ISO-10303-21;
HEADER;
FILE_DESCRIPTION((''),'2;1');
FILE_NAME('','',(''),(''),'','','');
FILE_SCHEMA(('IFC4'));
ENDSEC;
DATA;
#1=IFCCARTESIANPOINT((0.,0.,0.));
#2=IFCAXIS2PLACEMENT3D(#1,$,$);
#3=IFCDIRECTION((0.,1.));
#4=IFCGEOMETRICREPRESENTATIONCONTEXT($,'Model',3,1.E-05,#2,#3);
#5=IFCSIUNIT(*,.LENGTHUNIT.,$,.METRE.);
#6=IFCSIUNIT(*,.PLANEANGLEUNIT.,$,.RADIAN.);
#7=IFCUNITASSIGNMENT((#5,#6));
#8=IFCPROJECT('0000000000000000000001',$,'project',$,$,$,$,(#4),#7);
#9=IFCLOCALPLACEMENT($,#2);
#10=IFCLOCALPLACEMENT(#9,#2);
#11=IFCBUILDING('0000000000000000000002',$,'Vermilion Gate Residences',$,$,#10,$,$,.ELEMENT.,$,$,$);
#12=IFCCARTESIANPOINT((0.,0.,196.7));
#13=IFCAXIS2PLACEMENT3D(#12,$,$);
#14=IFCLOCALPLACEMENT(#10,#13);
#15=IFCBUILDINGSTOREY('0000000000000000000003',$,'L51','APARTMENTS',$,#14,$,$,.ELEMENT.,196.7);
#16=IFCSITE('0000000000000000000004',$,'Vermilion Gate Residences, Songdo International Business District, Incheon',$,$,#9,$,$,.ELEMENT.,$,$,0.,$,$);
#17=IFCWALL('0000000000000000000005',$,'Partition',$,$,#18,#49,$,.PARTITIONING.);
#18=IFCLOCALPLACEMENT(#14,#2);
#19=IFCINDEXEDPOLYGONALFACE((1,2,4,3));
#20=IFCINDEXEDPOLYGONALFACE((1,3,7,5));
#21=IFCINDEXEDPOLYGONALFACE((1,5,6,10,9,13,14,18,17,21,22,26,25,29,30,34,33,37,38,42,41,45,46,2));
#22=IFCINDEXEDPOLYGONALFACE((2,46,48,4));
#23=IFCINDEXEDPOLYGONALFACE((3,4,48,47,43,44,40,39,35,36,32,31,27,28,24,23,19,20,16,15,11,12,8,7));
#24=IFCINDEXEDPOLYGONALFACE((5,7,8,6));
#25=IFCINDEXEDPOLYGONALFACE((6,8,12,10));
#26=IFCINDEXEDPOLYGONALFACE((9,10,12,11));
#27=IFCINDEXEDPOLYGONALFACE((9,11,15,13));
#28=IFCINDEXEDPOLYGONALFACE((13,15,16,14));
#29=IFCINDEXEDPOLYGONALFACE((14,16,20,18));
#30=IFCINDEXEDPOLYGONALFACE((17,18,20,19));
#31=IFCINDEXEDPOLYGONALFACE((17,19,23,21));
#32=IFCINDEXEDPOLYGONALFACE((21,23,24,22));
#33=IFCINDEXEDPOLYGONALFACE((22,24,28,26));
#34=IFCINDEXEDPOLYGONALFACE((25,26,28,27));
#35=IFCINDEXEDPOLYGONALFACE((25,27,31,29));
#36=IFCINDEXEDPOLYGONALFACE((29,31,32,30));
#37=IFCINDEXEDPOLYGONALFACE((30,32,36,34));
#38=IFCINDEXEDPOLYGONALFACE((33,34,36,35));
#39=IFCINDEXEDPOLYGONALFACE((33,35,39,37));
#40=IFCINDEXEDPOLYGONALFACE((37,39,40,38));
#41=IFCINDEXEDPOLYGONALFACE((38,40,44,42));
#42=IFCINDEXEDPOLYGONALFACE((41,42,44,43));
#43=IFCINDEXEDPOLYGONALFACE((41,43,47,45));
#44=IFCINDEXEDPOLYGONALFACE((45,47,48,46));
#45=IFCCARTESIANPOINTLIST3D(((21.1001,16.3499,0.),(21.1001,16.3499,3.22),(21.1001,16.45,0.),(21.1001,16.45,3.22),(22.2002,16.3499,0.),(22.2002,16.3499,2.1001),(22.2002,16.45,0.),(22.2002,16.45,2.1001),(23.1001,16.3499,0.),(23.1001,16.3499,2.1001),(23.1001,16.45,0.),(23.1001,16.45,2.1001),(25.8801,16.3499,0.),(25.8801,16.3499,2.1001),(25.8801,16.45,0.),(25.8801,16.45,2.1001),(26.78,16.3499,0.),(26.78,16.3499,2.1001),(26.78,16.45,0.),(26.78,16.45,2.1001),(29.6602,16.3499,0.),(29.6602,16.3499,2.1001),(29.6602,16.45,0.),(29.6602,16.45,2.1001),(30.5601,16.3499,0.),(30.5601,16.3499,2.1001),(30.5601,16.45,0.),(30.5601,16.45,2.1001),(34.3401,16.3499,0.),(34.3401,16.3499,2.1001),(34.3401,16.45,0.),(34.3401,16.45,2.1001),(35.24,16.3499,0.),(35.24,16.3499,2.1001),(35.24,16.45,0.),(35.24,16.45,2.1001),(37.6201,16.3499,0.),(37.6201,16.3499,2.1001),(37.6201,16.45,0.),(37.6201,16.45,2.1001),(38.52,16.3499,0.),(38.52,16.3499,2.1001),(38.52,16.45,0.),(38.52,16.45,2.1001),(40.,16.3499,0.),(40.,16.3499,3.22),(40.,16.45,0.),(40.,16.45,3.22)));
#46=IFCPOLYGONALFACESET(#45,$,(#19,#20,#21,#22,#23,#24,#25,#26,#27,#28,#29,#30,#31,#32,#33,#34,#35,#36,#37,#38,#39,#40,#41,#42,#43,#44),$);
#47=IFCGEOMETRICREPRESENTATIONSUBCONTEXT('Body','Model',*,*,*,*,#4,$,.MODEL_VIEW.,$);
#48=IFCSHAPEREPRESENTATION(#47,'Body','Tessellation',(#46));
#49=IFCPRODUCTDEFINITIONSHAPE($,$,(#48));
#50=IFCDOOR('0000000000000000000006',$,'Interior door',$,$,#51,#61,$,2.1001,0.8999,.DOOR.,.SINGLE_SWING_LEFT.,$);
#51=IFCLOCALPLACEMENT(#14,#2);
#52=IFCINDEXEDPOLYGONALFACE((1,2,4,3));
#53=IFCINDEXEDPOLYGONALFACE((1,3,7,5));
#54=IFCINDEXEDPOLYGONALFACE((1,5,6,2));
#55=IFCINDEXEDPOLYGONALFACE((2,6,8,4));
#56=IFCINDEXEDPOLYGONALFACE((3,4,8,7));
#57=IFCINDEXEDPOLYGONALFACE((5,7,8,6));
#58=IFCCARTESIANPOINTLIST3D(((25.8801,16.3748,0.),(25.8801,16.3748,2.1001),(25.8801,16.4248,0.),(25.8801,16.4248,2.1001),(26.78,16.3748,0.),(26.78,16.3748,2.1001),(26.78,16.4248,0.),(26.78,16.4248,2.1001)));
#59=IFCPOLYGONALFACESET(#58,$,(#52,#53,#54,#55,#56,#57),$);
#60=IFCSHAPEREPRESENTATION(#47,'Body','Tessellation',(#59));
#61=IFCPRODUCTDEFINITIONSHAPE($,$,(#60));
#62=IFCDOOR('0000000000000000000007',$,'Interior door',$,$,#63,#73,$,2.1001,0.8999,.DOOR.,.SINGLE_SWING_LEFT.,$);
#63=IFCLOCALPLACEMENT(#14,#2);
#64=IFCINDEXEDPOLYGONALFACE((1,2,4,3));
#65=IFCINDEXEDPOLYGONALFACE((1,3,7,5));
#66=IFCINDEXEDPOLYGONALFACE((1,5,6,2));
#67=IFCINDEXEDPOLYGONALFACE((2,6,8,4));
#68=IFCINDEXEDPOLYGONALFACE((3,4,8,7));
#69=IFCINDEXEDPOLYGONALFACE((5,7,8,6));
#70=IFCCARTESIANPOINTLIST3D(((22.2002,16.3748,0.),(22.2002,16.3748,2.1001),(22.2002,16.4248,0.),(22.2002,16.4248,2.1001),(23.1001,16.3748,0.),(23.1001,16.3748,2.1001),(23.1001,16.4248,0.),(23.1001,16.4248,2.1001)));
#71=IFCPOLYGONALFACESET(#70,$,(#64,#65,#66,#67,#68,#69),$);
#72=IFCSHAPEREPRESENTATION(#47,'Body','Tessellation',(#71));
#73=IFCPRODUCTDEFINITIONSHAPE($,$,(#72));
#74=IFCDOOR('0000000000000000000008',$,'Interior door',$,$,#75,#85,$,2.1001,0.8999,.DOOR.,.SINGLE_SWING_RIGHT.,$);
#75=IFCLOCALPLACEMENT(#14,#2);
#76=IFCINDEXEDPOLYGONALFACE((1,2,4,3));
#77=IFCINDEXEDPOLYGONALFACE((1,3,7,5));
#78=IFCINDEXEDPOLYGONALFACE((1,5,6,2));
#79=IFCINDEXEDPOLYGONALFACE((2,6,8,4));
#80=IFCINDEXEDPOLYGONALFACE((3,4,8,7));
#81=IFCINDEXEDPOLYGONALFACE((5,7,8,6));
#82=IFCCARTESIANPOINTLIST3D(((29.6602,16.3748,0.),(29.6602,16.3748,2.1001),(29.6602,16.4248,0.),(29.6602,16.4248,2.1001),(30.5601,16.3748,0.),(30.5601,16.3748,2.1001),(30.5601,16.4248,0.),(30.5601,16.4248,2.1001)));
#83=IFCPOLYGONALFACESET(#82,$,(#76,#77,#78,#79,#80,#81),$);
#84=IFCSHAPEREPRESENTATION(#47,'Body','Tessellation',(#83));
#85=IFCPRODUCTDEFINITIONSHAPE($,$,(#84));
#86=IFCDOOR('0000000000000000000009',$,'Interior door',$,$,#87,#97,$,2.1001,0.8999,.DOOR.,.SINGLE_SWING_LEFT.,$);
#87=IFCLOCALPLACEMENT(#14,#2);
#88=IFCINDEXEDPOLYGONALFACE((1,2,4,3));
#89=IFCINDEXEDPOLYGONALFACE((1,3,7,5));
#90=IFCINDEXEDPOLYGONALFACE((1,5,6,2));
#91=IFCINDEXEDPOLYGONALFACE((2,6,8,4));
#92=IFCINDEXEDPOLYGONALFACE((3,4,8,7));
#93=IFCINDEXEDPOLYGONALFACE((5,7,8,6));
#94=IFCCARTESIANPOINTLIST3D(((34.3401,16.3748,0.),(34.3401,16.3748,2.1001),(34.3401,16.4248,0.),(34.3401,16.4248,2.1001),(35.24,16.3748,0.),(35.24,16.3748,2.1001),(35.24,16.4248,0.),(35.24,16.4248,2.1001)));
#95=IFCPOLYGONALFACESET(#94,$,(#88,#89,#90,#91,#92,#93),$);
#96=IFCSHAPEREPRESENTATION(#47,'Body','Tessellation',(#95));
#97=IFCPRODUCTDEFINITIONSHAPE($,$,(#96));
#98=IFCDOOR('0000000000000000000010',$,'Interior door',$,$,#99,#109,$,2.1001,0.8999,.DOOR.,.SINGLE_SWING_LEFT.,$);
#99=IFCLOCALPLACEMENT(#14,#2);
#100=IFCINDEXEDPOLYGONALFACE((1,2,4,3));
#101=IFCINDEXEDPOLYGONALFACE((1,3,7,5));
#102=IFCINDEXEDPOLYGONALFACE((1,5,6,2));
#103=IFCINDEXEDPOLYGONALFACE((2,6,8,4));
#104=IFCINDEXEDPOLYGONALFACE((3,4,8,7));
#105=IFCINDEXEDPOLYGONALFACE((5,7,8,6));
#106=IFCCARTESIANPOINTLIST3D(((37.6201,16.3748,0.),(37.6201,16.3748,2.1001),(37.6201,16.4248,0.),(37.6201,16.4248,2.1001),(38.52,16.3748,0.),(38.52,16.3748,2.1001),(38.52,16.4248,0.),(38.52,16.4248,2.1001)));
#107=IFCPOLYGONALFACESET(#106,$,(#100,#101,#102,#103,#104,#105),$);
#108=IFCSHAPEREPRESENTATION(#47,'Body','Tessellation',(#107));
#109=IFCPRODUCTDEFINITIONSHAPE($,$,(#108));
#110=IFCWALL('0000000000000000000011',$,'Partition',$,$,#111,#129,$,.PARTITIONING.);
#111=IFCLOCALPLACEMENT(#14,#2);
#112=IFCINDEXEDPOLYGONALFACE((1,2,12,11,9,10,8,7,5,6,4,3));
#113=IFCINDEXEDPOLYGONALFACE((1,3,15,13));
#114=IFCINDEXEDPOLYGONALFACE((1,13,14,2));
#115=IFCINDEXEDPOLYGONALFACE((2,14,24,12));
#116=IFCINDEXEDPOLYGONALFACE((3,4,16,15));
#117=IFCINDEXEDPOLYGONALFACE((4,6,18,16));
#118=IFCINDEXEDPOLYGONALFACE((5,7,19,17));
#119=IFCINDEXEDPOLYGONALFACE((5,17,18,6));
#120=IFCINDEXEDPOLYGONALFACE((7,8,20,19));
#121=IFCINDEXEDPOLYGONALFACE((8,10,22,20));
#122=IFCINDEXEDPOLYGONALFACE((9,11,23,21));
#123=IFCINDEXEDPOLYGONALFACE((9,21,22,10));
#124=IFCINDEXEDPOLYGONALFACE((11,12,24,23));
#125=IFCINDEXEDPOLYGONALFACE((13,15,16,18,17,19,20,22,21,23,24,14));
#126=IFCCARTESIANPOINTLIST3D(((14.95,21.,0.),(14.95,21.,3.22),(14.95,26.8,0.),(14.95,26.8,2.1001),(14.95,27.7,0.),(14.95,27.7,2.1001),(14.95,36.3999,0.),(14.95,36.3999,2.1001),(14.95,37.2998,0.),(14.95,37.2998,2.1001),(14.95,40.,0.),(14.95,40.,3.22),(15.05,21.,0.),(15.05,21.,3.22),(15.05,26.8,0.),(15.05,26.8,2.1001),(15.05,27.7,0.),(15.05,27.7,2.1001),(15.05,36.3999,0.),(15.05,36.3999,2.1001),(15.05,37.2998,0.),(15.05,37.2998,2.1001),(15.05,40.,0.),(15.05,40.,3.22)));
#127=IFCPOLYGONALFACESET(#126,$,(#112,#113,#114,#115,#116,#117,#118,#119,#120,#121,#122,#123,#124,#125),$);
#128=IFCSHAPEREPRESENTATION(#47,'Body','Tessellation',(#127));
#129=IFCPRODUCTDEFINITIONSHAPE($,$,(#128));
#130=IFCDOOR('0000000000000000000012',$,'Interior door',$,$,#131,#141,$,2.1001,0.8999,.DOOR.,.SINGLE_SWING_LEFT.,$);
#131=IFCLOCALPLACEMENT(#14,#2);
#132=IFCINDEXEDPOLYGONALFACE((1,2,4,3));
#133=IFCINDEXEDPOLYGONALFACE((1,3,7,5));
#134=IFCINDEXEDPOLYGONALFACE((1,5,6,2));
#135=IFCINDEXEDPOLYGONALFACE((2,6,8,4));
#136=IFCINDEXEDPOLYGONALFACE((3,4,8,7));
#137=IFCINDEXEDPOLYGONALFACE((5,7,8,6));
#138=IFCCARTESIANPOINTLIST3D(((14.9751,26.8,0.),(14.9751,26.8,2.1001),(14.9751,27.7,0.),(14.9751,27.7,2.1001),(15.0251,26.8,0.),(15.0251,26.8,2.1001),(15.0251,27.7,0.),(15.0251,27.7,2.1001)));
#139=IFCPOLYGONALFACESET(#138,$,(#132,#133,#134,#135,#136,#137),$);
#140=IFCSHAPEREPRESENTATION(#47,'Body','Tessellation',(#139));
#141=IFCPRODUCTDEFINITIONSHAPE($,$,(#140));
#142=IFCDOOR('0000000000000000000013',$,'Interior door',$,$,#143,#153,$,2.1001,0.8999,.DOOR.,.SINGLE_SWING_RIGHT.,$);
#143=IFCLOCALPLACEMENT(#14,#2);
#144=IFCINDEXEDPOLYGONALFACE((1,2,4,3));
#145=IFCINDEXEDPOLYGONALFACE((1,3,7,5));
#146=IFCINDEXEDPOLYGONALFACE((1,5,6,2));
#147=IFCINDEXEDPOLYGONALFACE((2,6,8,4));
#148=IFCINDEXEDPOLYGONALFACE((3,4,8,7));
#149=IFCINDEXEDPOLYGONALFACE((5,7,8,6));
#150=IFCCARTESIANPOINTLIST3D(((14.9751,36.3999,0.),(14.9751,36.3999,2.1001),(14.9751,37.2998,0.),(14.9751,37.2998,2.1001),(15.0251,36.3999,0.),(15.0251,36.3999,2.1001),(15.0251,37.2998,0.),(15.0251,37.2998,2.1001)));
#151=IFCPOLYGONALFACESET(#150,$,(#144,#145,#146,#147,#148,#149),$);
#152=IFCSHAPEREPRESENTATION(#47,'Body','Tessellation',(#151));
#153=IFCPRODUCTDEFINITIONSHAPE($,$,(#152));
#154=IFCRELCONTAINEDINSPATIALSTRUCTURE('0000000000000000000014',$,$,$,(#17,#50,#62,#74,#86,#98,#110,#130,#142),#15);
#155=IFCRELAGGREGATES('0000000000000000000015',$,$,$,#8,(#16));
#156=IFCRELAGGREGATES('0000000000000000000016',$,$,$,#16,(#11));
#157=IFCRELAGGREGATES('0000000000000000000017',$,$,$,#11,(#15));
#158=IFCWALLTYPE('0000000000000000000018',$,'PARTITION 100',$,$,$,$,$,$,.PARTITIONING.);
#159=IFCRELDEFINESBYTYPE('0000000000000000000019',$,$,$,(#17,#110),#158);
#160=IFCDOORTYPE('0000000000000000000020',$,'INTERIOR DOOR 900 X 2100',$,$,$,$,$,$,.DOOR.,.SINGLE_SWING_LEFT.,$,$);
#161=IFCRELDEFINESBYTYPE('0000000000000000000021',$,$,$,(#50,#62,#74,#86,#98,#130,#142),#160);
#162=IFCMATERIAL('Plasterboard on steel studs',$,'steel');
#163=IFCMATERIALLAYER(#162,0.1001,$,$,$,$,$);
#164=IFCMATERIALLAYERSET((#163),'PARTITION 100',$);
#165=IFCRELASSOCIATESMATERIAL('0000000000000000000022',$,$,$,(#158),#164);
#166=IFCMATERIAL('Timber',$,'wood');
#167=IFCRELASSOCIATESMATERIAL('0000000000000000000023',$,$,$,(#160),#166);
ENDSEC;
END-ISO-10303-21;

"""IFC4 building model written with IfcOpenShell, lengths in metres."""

from ifc_helpers import new_model, si_unit, direction, frame, frame_2d, origin, place, context, subcontext, project, spatial, rectangle, extrude, material, layer, layer_set, type_object, element, fill, save


model = new_model("IFC4")

# Units and contexts
model_context = context("Model", 3, precision=1e-05, world=origin(), true_north=direction((0.0, 1.0)))
body_context = subcontext(model_context, "Body", "Model", "MODEL_VIEW")
ifc_project = project(units=[si_unit("LENGTHUNIT", "METRE"), si_unit("PLANEANGLEUNIT", "RADIAN")], contexts=[model_context])

# Site, building, storey
site_placement = place(None, origin())
site = spatial("IfcSite", under=ifc_project, at=site_placement, Name="Vermilion Gate Residences, Songdo International Business District, Incheon", CompositionType="ELEMENT", RefElevation=0.0)
building_placement = place(site_placement, origin())
building = spatial("IfcBuilding", under=site, at=building_placement, Name="Vermilion Gate Residences", CompositionType="ELEMENT")
storey_placement = place(building_placement, frame((0.0, 0.0, 196.7)))
storey = spatial("IfcBuildingStorey", under=building, at=storey_placement, Name="L51", Description="APARTMENTS", CompositionType="ELEMENT", Elevation=196.7)

# Walls, openings, doors
ifc_material_1 = material(Name="Plasterboard on steel studs", Category="steel")
ifc_layer_1 = layer(ifc_material_1, 0.1001)
ifc_layer_set_1 = layer_set([ifc_layer_1], Name="PARTITION 100")
wall_type_1 = type_object("IfcWallType", Name="PARTITION 100", PredefinedType="PARTITIONING", material=ifc_layer_set_1)
ifc_material_2 = material(Name="Timber", Category="wood")
door_type_1 = type_object("IfcDoorType", Name="INTERIOR DOOR 900 X 2100", OperationType="SINGLE_SWING_LEFT", PredefinedType="DOOR", material=ifc_material_2)
wall_1_placement = place(storey_placement, frame((21.1001, 16.3999, 0.0), z_axis=(0.0, 0.0, 1.0), x_axis=(1.0, 0.0, 0.0)))
wall_1 = element("IfcWall", 1, at=wall_1_placement, inside=storey, type_object=wall_type_1, Name="Partition", PredefinedType="PARTITIONING", context=body_context, shape_type="SweptSolid", body=[
    extrude(rectangle(XDim=18.8999, YDim=0.1001, at=frame_2d((9.45, 0.0))), origin(), (0.0, 0.0, 1.0), 3.22),
])
opening_1_placement = place(wall_1_placement, frame((4.78, 0.0, 0.0)))
opening_1 = element("IfcOpeningElement", 2, at=opening_1_placement, cuts=wall_1, PredefinedType="OPENING", context=body_context, shape_type="SweptSolid", body=[
    extrude(rectangle(XDim=0.8999, YDim=2.1001, at=frame_2d((0.45, 1.05))), frame((0.0, 0.0601, 0.0), z_axis=(0.0, -1.0, 0.0), x_axis=(1.0, 0.0, 0.0)), (0.0, 0.0, 1.0), 0.1201),
])
opening_2_placement = place(wall_1_placement, frame((1.1001, 0.0, 0.0)))
opening_2 = element("IfcOpeningElement", 3, at=opening_2_placement, cuts=wall_1, PredefinedType="OPENING", context=body_context, shape_type="SweptSolid", body=[
    extrude(rectangle(XDim=0.8999, YDim=2.1001, at=frame_2d((0.45, 1.05))), frame((0.0, 0.0601, 0.0), z_axis=(0.0, -1.0, 0.0), x_axis=(1.0, 0.0, 0.0)), (0.0, 0.0, 1.0), 0.1201),
])
opening_3_placement = place(wall_1_placement, frame((8.5601, 0.0, 0.0)))
opening_3 = element("IfcOpeningElement", 4, at=opening_3_placement, cuts=wall_1, PredefinedType="OPENING", context=body_context, shape_type="SweptSolid", body=[
    extrude(rectangle(XDim=0.8999, YDim=2.1001, at=frame_2d((0.45, 1.05))), frame((0.0, 0.0601, 0.0), z_axis=(0.0, -1.0, 0.0), x_axis=(1.0, 0.0, 0.0)), (0.0, 0.0, 1.0), 0.1201),
])
opening_4_placement = place(wall_1_placement, frame((13.24, 0.0, 0.0)))
opening_4 = element("IfcOpeningElement", 5, at=opening_4_placement, cuts=wall_1, PredefinedType="OPENING", context=body_context, shape_type="SweptSolid", body=[
    extrude(rectangle(XDim=0.8999, YDim=2.1001, at=frame_2d((0.45, 1.05))), frame((0.0, 0.0601, 0.0), z_axis=(0.0, -1.0, 0.0), x_axis=(1.0, 0.0, 0.0)), (0.0, 0.0, 1.0), 0.1201),
])
opening_5_placement = place(wall_1_placement, frame((16.52, 0.0, 0.0)))
opening_5 = element("IfcOpeningElement", 6, at=opening_5_placement, cuts=wall_1, PredefinedType="OPENING", context=body_context, shape_type="SweptSolid", body=[
    extrude(rectangle(XDim=0.8999, YDim=2.1001, at=frame_2d((0.45, 1.05))), frame((0.0, 0.0601, 0.0), z_axis=(0.0, -1.0, 0.0), x_axis=(1.0, 0.0, 0.0)), (0.0, 0.0, 1.0), 0.1201),
])
door_1_placement = place(opening_1_placement, origin())
door_1 = element("IfcDoor", 7, at=door_1_placement, inside=storey, type_object=door_type_1, Name="Interior door", OperationType="SINGLE_SWING_LEFT", OverallHeight=2.1001, OverallWidth=0.8999, PredefinedType="DOOR", context=body_context, shape_type="SweptSolid", body=[
    extrude(rectangle(XDim=0.8999, YDim=2.1001, at=frame_2d((0.45, 1.05))), frame((0.0, 0.0249, 0.0), z_axis=(0.0, -1.0, 0.0), x_axis=(1.0, 0.0, 0.0)), (0.0, 0.0, 1.0), 0.05),
])
fill(opening_1, door_1)
door_2_placement = place(opening_2_placement, origin())
door_2 = element("IfcDoor", 8, at=door_2_placement, inside=storey, type_object=door_type_1, Name="Interior door", OperationType="SINGLE_SWING_LEFT", OverallHeight=2.1001, OverallWidth=0.8999, PredefinedType="DOOR", context=body_context, shape_type="SweptSolid", body=[
    extrude(rectangle(XDim=0.8999, YDim=2.1001, at=frame_2d((0.45, 1.05))), frame((0.0, 0.0249, 0.0), z_axis=(0.0, -1.0, 0.0), x_axis=(1.0, 0.0, 0.0)), (0.0, 0.0, 1.0), 0.05),
])
fill(opening_2, door_2)
door_3_placement = place(opening_3_placement, origin())
door_3 = element("IfcDoor", 9, at=door_3_placement, inside=storey, type_object=door_type_1, Name="Interior door", OperationType="SINGLE_SWING_RIGHT", OverallHeight=2.1001, OverallWidth=0.8999, PredefinedType="DOOR", context=body_context, shape_type="SweptSolid", body=[
    extrude(rectangle(XDim=0.8999, YDim=2.1001, at=frame_2d((0.45, 1.05))), frame((0.0, 0.0249, 0.0), z_axis=(0.0, -1.0, 0.0), x_axis=(1.0, 0.0, 0.0)), (0.0, 0.0, 1.0), 0.05),
])
fill(opening_3, door_3)
door_4_placement = place(opening_4_placement, origin())
door_4 = element("IfcDoor", 10, at=door_4_placement, inside=storey, type_object=door_type_1, Name="Interior door", OperationType="SINGLE_SWING_LEFT", OverallHeight=2.1001, OverallWidth=0.8999, PredefinedType="DOOR", context=body_context, shape_type="SweptSolid", body=[
    extrude(rectangle(XDim=0.8999, YDim=2.1001, at=frame_2d((0.45, 1.05))), frame((0.0, 0.0249, 0.0), z_axis=(0.0, -1.0, 0.0), x_axis=(1.0, 0.0, 0.0)), (0.0, 0.0, 1.0), 0.05),
])
fill(opening_4, door_4)
door_5_placement = place(opening_5_placement, origin())
door_5 = element("IfcDoor", 11, at=door_5_placement, inside=storey, type_object=door_type_1, Name="Interior door", OperationType="SINGLE_SWING_LEFT", OverallHeight=2.1001, OverallWidth=0.8999, PredefinedType="DOOR", context=body_context, shape_type="SweptSolid", body=[
    extrude(rectangle(XDim=0.8999, YDim=2.1001, at=frame_2d((0.45, 1.05))), frame((0.0, 0.0249, 0.0), z_axis=(0.0, -1.0, 0.0), x_axis=(1.0, 0.0, 0.0)), (0.0, 0.0, 1.0), 0.05),
])
fill(opening_5, door_5)
wall_2_placement = place(storey_placement, frame((15.0, 21.0, 0.0), z_axis=(0.0, 0.0, 1.0), x_axis=(0.0, 1.0, 0.0)))
wall_2 = element("IfcWall", 12, at=wall_2_placement, inside=storey, type_object=wall_type_1, Name="Partition", PredefinedType="PARTITIONING", context=body_context, shape_type="SweptSolid", body=[
    extrude(rectangle(XDim=19.0, YDim=0.1001, at=frame_2d((9.5, 0.0))), origin(), (0.0, 0.0, 1.0), 3.22),
])
opening_6_placement = place(wall_2_placement, frame((5.8, 0.0, 0.0)))
opening_6 = element("IfcOpeningElement", 13, at=opening_6_placement, cuts=wall_2, PredefinedType="OPENING", context=body_context, shape_type="SweptSolid", body=[
    extrude(rectangle(XDim=0.8999, YDim=2.1001, at=frame_2d((0.45, 1.05))), frame((0.0, 0.0601, 0.0), z_axis=(0.0, -1.0, 0.0), x_axis=(1.0, 0.0, 0.0)), (0.0, 0.0, 1.0), 0.1201),
])
opening_7_placement = place(wall_2_placement, frame((15.3999, 0.0, 0.0)))
opening_7 = element("IfcOpeningElement", 14, at=opening_7_placement, cuts=wall_2, PredefinedType="OPENING", context=body_context, shape_type="SweptSolid", body=[
    extrude(rectangle(XDim=0.8999, YDim=2.1001, at=frame_2d((0.45, 1.05))), frame((0.0, 0.0601, 0.0), z_axis=(0.0, -1.0, 0.0), x_axis=(1.0, 0.0, 0.0)), (0.0, 0.0, 1.0), 0.1201),
])
door_6_placement = place(opening_6_placement, origin())
door_6 = element("IfcDoor", 15, at=door_6_placement, inside=storey, type_object=door_type_1, Name="Interior door", OperationType="SINGLE_SWING_LEFT", OverallHeight=2.1001, OverallWidth=0.8999, PredefinedType="DOOR", context=body_context, shape_type="SweptSolid", body=[
    extrude(rectangle(XDim=0.8999, YDim=2.1001, at=frame_2d((0.45, 1.05))), frame((0.0, 0.0249, 0.0), z_axis=(0.0, -1.0, 0.0), x_axis=(1.0, 0.0, 0.0)), (0.0, 0.0, 1.0), 0.05),
])
fill(opening_6, door_6)
door_7_placement = place(opening_7_placement, origin())
door_7 = element("IfcDoor", 16, at=door_7_placement, inside=storey, type_object=door_type_1, Name="Interior door", OperationType="SINGLE_SWING_RIGHT", OverallHeight=2.1001, OverallWidth=0.8999, PredefinedType="DOOR", context=body_context, shape_type="SweptSolid", body=[
    extrude(rectangle(XDim=0.8999, YDim=2.1001, at=frame_2d((0.45, 1.05))), frame((0.0, 0.0249, 0.0), z_axis=(0.0, -1.0, 0.0), x_axis=(1.0, 0.0, 0.0)), (0.0, 0.0, 1.0), 0.05),
])
fill(opening_7, door_7)

save(model, "model.ifc")
